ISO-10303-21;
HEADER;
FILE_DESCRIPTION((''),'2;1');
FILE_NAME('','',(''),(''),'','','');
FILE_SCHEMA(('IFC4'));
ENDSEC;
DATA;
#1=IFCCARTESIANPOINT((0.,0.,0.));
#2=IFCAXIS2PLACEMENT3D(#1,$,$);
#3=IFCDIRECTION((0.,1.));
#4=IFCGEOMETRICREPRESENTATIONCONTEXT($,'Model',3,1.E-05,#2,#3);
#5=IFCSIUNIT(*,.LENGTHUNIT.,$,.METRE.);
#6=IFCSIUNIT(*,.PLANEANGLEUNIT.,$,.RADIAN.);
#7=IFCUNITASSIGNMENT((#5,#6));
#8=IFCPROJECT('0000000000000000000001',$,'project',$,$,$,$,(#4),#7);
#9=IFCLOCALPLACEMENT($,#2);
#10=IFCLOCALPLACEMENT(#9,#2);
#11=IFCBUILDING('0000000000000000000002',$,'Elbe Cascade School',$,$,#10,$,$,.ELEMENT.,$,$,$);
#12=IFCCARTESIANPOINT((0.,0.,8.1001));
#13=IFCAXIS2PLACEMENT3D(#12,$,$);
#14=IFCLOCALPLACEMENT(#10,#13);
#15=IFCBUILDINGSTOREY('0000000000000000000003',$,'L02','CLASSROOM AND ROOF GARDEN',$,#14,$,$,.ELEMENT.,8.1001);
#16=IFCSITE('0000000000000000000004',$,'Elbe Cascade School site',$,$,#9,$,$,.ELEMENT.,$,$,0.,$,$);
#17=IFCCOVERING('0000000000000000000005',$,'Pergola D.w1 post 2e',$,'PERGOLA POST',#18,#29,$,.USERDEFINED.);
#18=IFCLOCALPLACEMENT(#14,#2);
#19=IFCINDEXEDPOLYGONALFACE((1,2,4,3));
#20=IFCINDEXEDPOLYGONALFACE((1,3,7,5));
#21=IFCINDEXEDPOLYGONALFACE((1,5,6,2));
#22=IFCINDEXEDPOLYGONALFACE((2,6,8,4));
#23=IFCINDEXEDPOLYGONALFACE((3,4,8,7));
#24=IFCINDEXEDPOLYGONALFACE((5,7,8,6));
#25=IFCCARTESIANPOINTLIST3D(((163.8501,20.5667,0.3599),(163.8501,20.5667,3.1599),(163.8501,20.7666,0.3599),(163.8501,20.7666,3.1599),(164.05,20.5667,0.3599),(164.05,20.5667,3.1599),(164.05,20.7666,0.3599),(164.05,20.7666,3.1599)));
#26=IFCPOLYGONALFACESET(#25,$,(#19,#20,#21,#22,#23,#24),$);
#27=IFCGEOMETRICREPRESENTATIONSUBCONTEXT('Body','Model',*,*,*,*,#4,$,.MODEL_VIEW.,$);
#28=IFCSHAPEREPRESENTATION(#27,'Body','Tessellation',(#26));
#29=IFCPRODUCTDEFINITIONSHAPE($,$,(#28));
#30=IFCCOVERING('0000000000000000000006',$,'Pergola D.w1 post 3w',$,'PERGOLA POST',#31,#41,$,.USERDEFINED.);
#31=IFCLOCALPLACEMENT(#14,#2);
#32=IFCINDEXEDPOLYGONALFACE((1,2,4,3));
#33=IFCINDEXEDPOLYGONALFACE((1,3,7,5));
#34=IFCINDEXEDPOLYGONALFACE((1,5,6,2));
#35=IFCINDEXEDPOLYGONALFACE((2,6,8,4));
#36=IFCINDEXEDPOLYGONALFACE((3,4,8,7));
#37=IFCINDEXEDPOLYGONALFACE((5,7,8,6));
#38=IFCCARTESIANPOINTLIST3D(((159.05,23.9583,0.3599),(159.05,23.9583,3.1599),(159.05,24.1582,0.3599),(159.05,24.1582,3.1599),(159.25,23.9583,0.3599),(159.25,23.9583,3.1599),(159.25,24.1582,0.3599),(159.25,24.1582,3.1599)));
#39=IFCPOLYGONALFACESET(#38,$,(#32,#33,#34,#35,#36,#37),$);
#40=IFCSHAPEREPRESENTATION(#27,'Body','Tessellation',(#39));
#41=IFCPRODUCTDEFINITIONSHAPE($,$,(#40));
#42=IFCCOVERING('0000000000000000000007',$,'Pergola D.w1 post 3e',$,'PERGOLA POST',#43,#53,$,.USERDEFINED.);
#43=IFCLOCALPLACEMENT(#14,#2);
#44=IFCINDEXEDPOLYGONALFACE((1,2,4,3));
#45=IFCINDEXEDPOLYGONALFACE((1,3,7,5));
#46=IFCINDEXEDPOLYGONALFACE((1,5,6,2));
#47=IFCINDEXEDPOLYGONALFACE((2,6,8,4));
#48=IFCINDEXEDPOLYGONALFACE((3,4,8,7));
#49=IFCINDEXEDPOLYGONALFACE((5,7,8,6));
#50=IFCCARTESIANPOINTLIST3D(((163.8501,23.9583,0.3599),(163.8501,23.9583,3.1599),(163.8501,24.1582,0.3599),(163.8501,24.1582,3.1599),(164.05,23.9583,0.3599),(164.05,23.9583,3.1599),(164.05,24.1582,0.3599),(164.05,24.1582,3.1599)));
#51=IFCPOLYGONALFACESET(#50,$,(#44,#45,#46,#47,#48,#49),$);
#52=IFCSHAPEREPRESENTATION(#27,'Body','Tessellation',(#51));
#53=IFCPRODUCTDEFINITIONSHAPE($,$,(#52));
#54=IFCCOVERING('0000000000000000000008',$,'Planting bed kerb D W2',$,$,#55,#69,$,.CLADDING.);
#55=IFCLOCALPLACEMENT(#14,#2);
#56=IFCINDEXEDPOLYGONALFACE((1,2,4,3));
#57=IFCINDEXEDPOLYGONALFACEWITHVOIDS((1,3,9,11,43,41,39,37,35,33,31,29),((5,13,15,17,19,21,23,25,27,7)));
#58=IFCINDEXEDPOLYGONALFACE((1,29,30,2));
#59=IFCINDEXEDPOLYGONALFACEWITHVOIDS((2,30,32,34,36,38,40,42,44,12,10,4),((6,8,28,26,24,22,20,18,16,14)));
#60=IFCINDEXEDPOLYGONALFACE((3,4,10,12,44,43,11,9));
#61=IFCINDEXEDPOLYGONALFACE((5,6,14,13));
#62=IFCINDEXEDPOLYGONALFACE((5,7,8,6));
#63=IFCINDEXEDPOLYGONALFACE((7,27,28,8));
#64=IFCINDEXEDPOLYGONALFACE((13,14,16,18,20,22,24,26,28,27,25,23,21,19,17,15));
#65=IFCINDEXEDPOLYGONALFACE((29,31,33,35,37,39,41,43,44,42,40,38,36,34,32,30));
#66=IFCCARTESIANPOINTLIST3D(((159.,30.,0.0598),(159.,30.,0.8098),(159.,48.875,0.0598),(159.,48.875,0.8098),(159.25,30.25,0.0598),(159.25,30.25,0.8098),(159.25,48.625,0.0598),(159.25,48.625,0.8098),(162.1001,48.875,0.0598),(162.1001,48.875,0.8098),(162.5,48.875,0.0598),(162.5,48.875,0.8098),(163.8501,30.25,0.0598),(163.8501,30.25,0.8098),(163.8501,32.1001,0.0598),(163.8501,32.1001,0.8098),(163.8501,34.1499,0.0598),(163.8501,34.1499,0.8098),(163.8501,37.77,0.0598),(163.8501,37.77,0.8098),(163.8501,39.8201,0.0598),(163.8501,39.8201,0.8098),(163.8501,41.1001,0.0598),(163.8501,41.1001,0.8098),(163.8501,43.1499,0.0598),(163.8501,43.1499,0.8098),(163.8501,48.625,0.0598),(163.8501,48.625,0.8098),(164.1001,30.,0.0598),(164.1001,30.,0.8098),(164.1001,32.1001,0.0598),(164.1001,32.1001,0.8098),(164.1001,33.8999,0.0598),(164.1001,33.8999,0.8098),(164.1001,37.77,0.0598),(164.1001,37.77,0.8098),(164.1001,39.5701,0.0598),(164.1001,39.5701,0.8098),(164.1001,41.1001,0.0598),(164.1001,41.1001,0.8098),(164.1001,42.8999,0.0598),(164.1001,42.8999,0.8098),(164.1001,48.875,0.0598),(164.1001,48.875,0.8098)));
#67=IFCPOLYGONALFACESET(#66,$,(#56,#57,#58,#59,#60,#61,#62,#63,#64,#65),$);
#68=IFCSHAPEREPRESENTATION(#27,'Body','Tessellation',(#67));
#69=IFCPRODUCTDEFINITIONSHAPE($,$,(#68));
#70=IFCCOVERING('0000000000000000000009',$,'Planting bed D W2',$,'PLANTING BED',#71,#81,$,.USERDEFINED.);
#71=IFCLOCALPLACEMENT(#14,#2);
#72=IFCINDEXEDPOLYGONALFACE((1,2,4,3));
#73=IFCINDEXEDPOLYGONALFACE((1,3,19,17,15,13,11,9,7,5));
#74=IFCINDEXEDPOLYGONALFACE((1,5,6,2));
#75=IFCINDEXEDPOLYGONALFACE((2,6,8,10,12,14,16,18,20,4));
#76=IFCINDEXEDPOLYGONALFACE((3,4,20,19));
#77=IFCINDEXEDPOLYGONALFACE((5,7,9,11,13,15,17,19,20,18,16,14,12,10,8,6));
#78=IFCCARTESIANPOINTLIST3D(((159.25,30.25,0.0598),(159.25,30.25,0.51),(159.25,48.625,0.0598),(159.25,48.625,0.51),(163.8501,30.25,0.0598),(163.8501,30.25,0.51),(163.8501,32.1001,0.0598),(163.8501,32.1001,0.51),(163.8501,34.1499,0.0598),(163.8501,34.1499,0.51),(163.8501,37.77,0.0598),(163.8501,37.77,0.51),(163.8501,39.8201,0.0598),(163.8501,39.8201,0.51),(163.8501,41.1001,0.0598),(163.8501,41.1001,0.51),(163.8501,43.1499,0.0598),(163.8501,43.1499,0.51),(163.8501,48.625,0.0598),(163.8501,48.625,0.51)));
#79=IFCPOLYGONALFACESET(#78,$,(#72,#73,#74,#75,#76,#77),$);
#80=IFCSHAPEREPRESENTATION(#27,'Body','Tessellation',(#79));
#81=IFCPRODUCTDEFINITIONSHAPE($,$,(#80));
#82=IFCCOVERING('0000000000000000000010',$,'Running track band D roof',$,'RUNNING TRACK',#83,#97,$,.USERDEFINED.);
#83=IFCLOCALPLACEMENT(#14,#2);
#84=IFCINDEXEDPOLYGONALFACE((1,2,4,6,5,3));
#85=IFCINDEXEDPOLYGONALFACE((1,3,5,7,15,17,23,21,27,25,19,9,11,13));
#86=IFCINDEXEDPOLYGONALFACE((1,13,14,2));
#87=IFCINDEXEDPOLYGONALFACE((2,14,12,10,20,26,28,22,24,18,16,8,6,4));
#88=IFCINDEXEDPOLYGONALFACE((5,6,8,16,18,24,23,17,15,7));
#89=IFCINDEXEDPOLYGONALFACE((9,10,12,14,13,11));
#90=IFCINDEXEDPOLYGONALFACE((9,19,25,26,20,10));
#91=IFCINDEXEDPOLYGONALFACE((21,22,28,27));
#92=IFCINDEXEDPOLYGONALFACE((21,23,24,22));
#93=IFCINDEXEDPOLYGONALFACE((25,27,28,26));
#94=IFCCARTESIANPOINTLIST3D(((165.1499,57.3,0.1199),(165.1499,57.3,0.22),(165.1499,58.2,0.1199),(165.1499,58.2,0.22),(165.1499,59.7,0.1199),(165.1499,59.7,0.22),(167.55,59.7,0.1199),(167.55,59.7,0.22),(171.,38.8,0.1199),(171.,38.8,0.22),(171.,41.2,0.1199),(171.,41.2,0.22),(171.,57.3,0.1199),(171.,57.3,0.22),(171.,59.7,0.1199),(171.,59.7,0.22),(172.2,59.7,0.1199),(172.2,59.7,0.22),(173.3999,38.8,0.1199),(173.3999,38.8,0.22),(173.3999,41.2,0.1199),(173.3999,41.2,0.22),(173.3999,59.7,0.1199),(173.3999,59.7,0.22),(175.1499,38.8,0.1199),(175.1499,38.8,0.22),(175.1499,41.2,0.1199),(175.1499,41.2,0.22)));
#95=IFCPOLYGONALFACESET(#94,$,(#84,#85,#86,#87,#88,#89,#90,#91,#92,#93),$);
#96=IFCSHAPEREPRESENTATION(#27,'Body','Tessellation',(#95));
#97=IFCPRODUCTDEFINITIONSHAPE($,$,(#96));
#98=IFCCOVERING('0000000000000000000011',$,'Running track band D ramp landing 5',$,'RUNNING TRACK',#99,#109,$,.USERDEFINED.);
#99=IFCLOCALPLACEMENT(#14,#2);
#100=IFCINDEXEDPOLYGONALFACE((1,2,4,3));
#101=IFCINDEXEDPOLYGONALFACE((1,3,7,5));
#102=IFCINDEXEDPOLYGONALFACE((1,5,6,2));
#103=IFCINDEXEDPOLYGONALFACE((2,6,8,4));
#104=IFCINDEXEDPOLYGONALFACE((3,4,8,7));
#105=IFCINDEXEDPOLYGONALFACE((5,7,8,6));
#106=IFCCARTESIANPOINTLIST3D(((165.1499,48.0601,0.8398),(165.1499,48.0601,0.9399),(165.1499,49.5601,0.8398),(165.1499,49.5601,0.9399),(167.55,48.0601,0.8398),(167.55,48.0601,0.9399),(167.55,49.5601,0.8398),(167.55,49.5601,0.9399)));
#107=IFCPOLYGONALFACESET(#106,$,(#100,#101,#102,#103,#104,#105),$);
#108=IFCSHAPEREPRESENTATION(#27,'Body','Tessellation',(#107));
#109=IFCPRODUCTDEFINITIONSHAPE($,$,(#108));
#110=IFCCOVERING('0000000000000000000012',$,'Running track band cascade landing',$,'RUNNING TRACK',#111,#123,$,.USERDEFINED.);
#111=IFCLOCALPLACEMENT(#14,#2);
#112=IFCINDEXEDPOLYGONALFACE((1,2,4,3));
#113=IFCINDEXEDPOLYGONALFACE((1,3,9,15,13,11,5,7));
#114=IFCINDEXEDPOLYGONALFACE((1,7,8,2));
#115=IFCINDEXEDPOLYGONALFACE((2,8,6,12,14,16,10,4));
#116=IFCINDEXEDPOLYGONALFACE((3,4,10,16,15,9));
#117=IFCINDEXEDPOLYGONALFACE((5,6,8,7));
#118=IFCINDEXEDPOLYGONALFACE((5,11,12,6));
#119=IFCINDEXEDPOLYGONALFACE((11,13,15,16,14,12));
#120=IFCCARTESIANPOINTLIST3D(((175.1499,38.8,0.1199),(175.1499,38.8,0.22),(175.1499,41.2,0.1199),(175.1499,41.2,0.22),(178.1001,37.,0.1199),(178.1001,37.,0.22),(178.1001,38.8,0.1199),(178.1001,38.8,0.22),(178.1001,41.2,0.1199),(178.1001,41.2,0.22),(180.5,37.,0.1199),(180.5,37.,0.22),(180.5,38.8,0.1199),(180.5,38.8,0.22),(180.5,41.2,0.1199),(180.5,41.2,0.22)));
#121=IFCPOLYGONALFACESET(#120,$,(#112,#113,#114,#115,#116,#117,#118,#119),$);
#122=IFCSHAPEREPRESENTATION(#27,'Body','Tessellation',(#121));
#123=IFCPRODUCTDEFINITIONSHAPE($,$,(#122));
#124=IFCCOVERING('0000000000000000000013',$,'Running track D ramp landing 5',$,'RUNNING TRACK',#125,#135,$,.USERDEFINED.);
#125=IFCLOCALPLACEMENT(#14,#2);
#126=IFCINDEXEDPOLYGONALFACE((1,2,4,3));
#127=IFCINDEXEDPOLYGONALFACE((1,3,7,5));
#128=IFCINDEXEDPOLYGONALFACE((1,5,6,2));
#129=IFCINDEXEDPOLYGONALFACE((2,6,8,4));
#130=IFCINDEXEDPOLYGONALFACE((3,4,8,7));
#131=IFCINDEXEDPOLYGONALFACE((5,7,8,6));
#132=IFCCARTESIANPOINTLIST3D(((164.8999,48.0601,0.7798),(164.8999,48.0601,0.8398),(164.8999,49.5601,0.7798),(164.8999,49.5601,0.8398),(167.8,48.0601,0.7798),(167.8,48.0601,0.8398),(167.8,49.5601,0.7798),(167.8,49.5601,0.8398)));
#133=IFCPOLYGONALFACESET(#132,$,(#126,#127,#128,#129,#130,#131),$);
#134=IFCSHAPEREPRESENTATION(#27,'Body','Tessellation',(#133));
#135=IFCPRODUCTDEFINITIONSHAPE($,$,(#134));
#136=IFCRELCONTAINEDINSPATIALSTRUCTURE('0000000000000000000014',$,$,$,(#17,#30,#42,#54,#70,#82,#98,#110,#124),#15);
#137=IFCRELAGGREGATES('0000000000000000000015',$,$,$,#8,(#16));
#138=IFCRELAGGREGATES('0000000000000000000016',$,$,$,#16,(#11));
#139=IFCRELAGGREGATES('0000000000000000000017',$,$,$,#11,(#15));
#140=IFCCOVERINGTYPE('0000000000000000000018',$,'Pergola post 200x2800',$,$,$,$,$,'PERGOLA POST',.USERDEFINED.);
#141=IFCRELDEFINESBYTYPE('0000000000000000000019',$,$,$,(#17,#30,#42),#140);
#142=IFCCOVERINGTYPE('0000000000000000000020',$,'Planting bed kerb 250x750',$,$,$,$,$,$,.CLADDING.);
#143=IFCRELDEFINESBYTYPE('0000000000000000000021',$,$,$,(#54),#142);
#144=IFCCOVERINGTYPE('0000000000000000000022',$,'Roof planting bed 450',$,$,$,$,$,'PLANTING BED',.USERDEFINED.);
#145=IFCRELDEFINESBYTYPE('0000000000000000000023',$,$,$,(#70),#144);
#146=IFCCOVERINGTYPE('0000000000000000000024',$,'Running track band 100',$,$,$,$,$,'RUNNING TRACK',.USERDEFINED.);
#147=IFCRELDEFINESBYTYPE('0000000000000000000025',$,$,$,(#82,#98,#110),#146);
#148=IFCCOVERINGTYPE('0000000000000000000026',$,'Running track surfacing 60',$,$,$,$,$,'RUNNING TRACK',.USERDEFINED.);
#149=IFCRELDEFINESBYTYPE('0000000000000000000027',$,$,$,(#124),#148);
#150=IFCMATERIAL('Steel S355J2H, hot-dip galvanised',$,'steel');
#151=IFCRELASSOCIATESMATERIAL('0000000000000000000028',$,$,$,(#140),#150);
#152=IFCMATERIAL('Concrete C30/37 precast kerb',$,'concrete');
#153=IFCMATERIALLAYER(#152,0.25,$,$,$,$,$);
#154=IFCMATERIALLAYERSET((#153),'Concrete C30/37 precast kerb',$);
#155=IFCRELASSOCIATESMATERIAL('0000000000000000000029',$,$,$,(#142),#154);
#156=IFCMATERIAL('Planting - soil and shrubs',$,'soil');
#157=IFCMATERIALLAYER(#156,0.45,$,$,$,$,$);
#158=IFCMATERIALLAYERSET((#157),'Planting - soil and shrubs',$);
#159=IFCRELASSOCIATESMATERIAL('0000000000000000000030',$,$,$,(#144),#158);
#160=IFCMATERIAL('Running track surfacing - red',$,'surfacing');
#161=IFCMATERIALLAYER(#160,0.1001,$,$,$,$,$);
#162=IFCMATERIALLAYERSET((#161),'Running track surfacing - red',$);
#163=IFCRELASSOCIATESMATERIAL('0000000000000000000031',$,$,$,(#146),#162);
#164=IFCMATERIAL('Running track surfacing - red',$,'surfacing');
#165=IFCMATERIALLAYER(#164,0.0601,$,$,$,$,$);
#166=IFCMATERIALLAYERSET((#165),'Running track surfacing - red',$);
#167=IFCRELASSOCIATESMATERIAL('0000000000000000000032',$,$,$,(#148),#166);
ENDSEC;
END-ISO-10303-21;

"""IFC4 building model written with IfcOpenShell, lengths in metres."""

from ifc_helpers import new_model, si_unit, direction, frame, origin, place, context, subcontext, project, spatial, polyline, outline, extrude, material, layer, layer_set, type_object, element, save


model = new_model("IFC4")

# Units and contexts
model_context = context("Model", 3, precision=1e-05, world=origin(), true_north=direction((0.0, 1.0)))
body_context = subcontext(model_context, "Body", "Model", "MODEL_VIEW")
ifc_project = project(units=[si_unit("LENGTHUNIT", "METRE"), si_unit("PLANEANGLEUNIT", "RADIAN")], contexts=[model_context])

# Site, building, storey
site_placement = place(None, origin())
site = spatial("IfcSite", under=ifc_project, at=site_placement, Name="Elbe Cascade School site", CompositionType="ELEMENT", RefElevation=0.0)
building_placement = place(site_placement, origin())
building = spatial("IfcBuilding", under=site, at=building_placement, Name="Elbe Cascade School", CompositionType="ELEMENT")
storey_placement = place(building_placement, frame((0.0, 0.0, 8.1001)))
storey = spatial("IfcBuildingStorey", under=building, at=storey_placement, Name="L02", Description="CLASSROOM AND ROOF GARDEN", CompositionType="ELEMENT", Elevation=8.1001)

# Coverings
ifc_material_1 = material(Name="Steel S355J2H, hot-dip galvanised", Category="steel")
covering_type_1 = type_object("IfcCoveringType", Name="Pergola post 200x2800", ElementType="PERGOLA POST", PredefinedType="USERDEFINED", material=ifc_material_1)
covering_1_placement = place(storey_placement, frame((0.0, 0.0, 0.3599)))
element("IfcCovering", 1, at=covering_1_placement, inside=storey, type_object=covering_type_1, Name="Pergola D.w1 post 2e", ObjectType="PERGOLA POST", PredefinedType="USERDEFINED", context=body_context, shape_type="SweptSolid", body=[
    extrude(outline(polyline([(163.8501, 20.5667), (164.05, 20.5667), (164.05, 20.7666), (163.8501, 20.7666), (163.8501, 20.5667)])), origin(), (0.0, 0.0, 1.0), 2.8),
])
covering_2_placement = place(storey_placement, frame((0.0, 0.0, 0.3599)))
element("IfcCovering", 2, at=covering_2_placement, inside=storey, type_object=covering_type_1, Name="Pergola D.w1 post 3w", ObjectType="PERGOLA POST", PredefinedType="USERDEFINED", context=body_context, shape_type="SweptSolid", body=[
    extrude(outline(polyline([(159.05, 23.9583), (159.25, 23.9583), (159.25, 24.1582), (159.05, 24.1582), (159.05, 23.9583)])), origin(), (0.0, 0.0, 1.0), 2.8),
])
covering_3_placement = place(storey_placement, frame((0.0, 0.0, 0.3599)))
element("IfcCovering", 3, at=covering_3_placement, inside=storey, type_object=covering_type_1, Name="Pergola D.w1 post 3e", ObjectType="PERGOLA POST", PredefinedType="USERDEFINED", context=body_context, shape_type="SweptSolid", body=[
    extrude(outline(polyline([(163.8501, 23.9583), (164.05, 23.9583), (164.05, 24.1582), (163.8501, 24.1582), (163.8501, 23.9583)])), origin(), (0.0, 0.0, 1.0), 2.8),
])
ifc_material_2 = material(Name="Concrete C30/37 precast kerb", Category="concrete")
ifc_layer_1 = layer(ifc_material_2, 0.25)
ifc_layer_set_1 = layer_set([ifc_layer_1], Name="Concrete C30/37 precast kerb")
covering_type_2 = type_object("IfcCoveringType", Name="Planting bed kerb 250x750", PredefinedType="CLADDING", material=ifc_layer_set_1)
covering_4_placement = place(storey_placement, frame((0.0, 0.0, 0.0598)))
element("IfcCovering", 4, at=covering_4_placement, inside=storey, type_object=covering_type_2, Name="Planting bed kerb D W2", PredefinedType="CLADDING", context=body_context, shape_type="SweptSolid", body=[
    extrude(outline(polyline([(164.1001, 30.0), (159.0, 30.0), (159.0, 48.875), (162.1001, 48.875), (162.5, 48.875), (164.1001, 48.875), (164.1001, 42.8999), (164.1001, 42.8999), (164.1001, 41.1001), (164.1001, 41.1001), (164.1001, 39.5701), (164.1001, 39.5701), (164.1001, 37.77), (164.1001, 37.77), (164.1001, 33.8999), (164.1001, 33.8999), (164.1001, 32.1001), (164.1001, 32.1001), (164.1001, 30.0)]), holes=[polyline([(163.8501, 30.25), (159.25, 30.25), (159.25, 48.625), (163.8501, 48.625), (163.8501, 43.1499), (163.8501, 43.1499), (163.8501, 41.1001), (163.8501, 39.8201), (163.8501, 39.8201), (163.8501, 37.77), (163.8501, 34.1499), (163.8501, 34.1499), (163.8501, 32.1001), (163.8501, 30.25)])]), origin(), (0.0, 0.0, 1.0), 0.75),
])
ifc_material_3 = material(Name="Planting - soil and shrubs", Category="soil")
ifc_layer_2 = layer(ifc_material_3, 0.45)
ifc_layer_set_2 = layer_set([ifc_layer_2], Name="Planting - soil and shrubs")
covering_type_3 = type_object("IfcCoveringType", Name="Roof planting bed 450", ElementType="PLANTING BED", PredefinedType="USERDEFINED", material=ifc_layer_set_2)
covering_5_placement = place(storey_placement, frame((0.0, 0.0, 0.0598)))
element("IfcCovering", 5, at=covering_5_placement, inside=storey, type_object=covering_type_3, Name="Planting bed D W2", ObjectType="PLANTING BED", PredefinedType="USERDEFINED", context=body_context, shape_type="SweptSolid", body=[
    extrude(outline(polyline([(163.8501, 30.25), (159.25, 30.25), (159.25, 48.625), (163.8501, 48.625), (163.8501, 43.1499), (163.8501, 43.1499), (163.8501, 41.1001), (163.8501, 39.8201), (163.8501, 39.8201), (163.8501, 37.77), (163.8501, 34.1499), (163.8501, 34.1499), (163.8501, 32.1001), (163.8501, 30.25)])), origin(), (0.0, 0.0, 1.0), 0.4502),
])
ifc_material_4 = material(Name="Running track surfacing - red", Category="surfacing")
ifc_layer_3 = layer(ifc_material_4, 0.1001)
ifc_layer_set_3 = layer_set([ifc_layer_3], Name="Running track surfacing - red")
covering_type_4 = type_object("IfcCoveringType", Name="Running track band 100", ElementType="RUNNING TRACK", PredefinedType="USERDEFINED", material=ifc_layer_set_3)
covering_6_placement = place(storey_placement, frame((0.0, 0.0, 0.1199)))
element("IfcCovering", 6, at=covering_6_placement, inside=storey, type_object=covering_type_4, Name="Running track band D roof", ObjectType="RUNNING TRACK", PredefinedType="USERDEFINED", context=body_context, shape_type="SweptSolid", body=[
    extrude(outline(polyline([(173.3999, 38.8), (171.0, 38.8), (171.0, 41.2), (171.0, 57.3), (165.1499, 57.3), (165.1499, 58.2), (165.1499, 59.7), (167.55, 59.7), (171.0, 59.7), (172.2, 59.7), (173.3999, 59.7), (173.3999, 41.2), (175.1499, 41.2), (175.1499, 38.8), (173.3999, 38.8)])), origin(), (0.0, 0.0, 1.0), 0.1001),
])
covering_7_placement = place(storey_placement, frame((0.0, 0.0, 0.8398)))
element("IfcCovering", 7, at=covering_7_placement, inside=storey, type_object=covering_type_4, Name="Running track band D ramp landing 5", ObjectType="RUNNING TRACK", PredefinedType="USERDEFINED", context=body_context, shape_type="SweptSolid", body=[
    extrude(outline(polyline([(167.55, 48.0601), (167.55, 49.5601), (165.1499, 49.5601), (165.1499, 48.0601), (167.55, 48.0601)])), origin(), (0.0, 0.0, 1.0), 0.1001),
])
covering_8_placement = place(storey_placement, frame((0.0, 0.0, 0.1199)))
element("IfcCovering", 8, at=covering_8_placement, inside=storey, type_object=covering_type_4, Name="Running track band cascade landing", ObjectType="RUNNING TRACK", PredefinedType="USERDEFINED", context=body_context, shape_type="SweptSolid", body=[
    extrude(outline(polyline([(180.5, 37.0), (178.1001, 37.0), (178.1001, 38.8), (175.1499, 38.8), (175.1499, 41.2), (178.1001, 41.2), (180.5, 41.2), (180.5, 38.8), (180.5, 37.0)])), origin(), (0.0, 0.0, 1.0), 0.1001),
])
ifc_material_5 = material(Name="Running track surfacing - red", Category="surfacing")
ifc_layer_4 = layer(ifc_material_5, 0.0601)
ifc_layer_set_4 = layer_set([ifc_layer_4], Name="Running track surfacing - red")
covering_type_5 = type_object("IfcCoveringType", Name="Running track surfacing 60", ElementType="RUNNING TRACK", PredefinedType="USERDEFINED", material=ifc_layer_set_4)
covering_9_placement = place(storey_placement, frame((0.0, 0.0, 0.7798)))
element("IfcCovering", 9, at=covering_9_placement, inside=storey, type_object=covering_type_5, Name="Running track D ramp landing 5", ObjectType="RUNNING TRACK", PredefinedType="USERDEFINED", context=body_context, shape_type="SweptSolid", body=[
    extrude(outline(polyline([(167.8, 48.0601), (167.8, 49.5601), (164.8999, 49.5601), (164.8999, 48.0601), (167.8, 48.0601)])), origin(), (0.0, 0.0, 1.0), 0.0601),
])

save(model, "model.ifc")
